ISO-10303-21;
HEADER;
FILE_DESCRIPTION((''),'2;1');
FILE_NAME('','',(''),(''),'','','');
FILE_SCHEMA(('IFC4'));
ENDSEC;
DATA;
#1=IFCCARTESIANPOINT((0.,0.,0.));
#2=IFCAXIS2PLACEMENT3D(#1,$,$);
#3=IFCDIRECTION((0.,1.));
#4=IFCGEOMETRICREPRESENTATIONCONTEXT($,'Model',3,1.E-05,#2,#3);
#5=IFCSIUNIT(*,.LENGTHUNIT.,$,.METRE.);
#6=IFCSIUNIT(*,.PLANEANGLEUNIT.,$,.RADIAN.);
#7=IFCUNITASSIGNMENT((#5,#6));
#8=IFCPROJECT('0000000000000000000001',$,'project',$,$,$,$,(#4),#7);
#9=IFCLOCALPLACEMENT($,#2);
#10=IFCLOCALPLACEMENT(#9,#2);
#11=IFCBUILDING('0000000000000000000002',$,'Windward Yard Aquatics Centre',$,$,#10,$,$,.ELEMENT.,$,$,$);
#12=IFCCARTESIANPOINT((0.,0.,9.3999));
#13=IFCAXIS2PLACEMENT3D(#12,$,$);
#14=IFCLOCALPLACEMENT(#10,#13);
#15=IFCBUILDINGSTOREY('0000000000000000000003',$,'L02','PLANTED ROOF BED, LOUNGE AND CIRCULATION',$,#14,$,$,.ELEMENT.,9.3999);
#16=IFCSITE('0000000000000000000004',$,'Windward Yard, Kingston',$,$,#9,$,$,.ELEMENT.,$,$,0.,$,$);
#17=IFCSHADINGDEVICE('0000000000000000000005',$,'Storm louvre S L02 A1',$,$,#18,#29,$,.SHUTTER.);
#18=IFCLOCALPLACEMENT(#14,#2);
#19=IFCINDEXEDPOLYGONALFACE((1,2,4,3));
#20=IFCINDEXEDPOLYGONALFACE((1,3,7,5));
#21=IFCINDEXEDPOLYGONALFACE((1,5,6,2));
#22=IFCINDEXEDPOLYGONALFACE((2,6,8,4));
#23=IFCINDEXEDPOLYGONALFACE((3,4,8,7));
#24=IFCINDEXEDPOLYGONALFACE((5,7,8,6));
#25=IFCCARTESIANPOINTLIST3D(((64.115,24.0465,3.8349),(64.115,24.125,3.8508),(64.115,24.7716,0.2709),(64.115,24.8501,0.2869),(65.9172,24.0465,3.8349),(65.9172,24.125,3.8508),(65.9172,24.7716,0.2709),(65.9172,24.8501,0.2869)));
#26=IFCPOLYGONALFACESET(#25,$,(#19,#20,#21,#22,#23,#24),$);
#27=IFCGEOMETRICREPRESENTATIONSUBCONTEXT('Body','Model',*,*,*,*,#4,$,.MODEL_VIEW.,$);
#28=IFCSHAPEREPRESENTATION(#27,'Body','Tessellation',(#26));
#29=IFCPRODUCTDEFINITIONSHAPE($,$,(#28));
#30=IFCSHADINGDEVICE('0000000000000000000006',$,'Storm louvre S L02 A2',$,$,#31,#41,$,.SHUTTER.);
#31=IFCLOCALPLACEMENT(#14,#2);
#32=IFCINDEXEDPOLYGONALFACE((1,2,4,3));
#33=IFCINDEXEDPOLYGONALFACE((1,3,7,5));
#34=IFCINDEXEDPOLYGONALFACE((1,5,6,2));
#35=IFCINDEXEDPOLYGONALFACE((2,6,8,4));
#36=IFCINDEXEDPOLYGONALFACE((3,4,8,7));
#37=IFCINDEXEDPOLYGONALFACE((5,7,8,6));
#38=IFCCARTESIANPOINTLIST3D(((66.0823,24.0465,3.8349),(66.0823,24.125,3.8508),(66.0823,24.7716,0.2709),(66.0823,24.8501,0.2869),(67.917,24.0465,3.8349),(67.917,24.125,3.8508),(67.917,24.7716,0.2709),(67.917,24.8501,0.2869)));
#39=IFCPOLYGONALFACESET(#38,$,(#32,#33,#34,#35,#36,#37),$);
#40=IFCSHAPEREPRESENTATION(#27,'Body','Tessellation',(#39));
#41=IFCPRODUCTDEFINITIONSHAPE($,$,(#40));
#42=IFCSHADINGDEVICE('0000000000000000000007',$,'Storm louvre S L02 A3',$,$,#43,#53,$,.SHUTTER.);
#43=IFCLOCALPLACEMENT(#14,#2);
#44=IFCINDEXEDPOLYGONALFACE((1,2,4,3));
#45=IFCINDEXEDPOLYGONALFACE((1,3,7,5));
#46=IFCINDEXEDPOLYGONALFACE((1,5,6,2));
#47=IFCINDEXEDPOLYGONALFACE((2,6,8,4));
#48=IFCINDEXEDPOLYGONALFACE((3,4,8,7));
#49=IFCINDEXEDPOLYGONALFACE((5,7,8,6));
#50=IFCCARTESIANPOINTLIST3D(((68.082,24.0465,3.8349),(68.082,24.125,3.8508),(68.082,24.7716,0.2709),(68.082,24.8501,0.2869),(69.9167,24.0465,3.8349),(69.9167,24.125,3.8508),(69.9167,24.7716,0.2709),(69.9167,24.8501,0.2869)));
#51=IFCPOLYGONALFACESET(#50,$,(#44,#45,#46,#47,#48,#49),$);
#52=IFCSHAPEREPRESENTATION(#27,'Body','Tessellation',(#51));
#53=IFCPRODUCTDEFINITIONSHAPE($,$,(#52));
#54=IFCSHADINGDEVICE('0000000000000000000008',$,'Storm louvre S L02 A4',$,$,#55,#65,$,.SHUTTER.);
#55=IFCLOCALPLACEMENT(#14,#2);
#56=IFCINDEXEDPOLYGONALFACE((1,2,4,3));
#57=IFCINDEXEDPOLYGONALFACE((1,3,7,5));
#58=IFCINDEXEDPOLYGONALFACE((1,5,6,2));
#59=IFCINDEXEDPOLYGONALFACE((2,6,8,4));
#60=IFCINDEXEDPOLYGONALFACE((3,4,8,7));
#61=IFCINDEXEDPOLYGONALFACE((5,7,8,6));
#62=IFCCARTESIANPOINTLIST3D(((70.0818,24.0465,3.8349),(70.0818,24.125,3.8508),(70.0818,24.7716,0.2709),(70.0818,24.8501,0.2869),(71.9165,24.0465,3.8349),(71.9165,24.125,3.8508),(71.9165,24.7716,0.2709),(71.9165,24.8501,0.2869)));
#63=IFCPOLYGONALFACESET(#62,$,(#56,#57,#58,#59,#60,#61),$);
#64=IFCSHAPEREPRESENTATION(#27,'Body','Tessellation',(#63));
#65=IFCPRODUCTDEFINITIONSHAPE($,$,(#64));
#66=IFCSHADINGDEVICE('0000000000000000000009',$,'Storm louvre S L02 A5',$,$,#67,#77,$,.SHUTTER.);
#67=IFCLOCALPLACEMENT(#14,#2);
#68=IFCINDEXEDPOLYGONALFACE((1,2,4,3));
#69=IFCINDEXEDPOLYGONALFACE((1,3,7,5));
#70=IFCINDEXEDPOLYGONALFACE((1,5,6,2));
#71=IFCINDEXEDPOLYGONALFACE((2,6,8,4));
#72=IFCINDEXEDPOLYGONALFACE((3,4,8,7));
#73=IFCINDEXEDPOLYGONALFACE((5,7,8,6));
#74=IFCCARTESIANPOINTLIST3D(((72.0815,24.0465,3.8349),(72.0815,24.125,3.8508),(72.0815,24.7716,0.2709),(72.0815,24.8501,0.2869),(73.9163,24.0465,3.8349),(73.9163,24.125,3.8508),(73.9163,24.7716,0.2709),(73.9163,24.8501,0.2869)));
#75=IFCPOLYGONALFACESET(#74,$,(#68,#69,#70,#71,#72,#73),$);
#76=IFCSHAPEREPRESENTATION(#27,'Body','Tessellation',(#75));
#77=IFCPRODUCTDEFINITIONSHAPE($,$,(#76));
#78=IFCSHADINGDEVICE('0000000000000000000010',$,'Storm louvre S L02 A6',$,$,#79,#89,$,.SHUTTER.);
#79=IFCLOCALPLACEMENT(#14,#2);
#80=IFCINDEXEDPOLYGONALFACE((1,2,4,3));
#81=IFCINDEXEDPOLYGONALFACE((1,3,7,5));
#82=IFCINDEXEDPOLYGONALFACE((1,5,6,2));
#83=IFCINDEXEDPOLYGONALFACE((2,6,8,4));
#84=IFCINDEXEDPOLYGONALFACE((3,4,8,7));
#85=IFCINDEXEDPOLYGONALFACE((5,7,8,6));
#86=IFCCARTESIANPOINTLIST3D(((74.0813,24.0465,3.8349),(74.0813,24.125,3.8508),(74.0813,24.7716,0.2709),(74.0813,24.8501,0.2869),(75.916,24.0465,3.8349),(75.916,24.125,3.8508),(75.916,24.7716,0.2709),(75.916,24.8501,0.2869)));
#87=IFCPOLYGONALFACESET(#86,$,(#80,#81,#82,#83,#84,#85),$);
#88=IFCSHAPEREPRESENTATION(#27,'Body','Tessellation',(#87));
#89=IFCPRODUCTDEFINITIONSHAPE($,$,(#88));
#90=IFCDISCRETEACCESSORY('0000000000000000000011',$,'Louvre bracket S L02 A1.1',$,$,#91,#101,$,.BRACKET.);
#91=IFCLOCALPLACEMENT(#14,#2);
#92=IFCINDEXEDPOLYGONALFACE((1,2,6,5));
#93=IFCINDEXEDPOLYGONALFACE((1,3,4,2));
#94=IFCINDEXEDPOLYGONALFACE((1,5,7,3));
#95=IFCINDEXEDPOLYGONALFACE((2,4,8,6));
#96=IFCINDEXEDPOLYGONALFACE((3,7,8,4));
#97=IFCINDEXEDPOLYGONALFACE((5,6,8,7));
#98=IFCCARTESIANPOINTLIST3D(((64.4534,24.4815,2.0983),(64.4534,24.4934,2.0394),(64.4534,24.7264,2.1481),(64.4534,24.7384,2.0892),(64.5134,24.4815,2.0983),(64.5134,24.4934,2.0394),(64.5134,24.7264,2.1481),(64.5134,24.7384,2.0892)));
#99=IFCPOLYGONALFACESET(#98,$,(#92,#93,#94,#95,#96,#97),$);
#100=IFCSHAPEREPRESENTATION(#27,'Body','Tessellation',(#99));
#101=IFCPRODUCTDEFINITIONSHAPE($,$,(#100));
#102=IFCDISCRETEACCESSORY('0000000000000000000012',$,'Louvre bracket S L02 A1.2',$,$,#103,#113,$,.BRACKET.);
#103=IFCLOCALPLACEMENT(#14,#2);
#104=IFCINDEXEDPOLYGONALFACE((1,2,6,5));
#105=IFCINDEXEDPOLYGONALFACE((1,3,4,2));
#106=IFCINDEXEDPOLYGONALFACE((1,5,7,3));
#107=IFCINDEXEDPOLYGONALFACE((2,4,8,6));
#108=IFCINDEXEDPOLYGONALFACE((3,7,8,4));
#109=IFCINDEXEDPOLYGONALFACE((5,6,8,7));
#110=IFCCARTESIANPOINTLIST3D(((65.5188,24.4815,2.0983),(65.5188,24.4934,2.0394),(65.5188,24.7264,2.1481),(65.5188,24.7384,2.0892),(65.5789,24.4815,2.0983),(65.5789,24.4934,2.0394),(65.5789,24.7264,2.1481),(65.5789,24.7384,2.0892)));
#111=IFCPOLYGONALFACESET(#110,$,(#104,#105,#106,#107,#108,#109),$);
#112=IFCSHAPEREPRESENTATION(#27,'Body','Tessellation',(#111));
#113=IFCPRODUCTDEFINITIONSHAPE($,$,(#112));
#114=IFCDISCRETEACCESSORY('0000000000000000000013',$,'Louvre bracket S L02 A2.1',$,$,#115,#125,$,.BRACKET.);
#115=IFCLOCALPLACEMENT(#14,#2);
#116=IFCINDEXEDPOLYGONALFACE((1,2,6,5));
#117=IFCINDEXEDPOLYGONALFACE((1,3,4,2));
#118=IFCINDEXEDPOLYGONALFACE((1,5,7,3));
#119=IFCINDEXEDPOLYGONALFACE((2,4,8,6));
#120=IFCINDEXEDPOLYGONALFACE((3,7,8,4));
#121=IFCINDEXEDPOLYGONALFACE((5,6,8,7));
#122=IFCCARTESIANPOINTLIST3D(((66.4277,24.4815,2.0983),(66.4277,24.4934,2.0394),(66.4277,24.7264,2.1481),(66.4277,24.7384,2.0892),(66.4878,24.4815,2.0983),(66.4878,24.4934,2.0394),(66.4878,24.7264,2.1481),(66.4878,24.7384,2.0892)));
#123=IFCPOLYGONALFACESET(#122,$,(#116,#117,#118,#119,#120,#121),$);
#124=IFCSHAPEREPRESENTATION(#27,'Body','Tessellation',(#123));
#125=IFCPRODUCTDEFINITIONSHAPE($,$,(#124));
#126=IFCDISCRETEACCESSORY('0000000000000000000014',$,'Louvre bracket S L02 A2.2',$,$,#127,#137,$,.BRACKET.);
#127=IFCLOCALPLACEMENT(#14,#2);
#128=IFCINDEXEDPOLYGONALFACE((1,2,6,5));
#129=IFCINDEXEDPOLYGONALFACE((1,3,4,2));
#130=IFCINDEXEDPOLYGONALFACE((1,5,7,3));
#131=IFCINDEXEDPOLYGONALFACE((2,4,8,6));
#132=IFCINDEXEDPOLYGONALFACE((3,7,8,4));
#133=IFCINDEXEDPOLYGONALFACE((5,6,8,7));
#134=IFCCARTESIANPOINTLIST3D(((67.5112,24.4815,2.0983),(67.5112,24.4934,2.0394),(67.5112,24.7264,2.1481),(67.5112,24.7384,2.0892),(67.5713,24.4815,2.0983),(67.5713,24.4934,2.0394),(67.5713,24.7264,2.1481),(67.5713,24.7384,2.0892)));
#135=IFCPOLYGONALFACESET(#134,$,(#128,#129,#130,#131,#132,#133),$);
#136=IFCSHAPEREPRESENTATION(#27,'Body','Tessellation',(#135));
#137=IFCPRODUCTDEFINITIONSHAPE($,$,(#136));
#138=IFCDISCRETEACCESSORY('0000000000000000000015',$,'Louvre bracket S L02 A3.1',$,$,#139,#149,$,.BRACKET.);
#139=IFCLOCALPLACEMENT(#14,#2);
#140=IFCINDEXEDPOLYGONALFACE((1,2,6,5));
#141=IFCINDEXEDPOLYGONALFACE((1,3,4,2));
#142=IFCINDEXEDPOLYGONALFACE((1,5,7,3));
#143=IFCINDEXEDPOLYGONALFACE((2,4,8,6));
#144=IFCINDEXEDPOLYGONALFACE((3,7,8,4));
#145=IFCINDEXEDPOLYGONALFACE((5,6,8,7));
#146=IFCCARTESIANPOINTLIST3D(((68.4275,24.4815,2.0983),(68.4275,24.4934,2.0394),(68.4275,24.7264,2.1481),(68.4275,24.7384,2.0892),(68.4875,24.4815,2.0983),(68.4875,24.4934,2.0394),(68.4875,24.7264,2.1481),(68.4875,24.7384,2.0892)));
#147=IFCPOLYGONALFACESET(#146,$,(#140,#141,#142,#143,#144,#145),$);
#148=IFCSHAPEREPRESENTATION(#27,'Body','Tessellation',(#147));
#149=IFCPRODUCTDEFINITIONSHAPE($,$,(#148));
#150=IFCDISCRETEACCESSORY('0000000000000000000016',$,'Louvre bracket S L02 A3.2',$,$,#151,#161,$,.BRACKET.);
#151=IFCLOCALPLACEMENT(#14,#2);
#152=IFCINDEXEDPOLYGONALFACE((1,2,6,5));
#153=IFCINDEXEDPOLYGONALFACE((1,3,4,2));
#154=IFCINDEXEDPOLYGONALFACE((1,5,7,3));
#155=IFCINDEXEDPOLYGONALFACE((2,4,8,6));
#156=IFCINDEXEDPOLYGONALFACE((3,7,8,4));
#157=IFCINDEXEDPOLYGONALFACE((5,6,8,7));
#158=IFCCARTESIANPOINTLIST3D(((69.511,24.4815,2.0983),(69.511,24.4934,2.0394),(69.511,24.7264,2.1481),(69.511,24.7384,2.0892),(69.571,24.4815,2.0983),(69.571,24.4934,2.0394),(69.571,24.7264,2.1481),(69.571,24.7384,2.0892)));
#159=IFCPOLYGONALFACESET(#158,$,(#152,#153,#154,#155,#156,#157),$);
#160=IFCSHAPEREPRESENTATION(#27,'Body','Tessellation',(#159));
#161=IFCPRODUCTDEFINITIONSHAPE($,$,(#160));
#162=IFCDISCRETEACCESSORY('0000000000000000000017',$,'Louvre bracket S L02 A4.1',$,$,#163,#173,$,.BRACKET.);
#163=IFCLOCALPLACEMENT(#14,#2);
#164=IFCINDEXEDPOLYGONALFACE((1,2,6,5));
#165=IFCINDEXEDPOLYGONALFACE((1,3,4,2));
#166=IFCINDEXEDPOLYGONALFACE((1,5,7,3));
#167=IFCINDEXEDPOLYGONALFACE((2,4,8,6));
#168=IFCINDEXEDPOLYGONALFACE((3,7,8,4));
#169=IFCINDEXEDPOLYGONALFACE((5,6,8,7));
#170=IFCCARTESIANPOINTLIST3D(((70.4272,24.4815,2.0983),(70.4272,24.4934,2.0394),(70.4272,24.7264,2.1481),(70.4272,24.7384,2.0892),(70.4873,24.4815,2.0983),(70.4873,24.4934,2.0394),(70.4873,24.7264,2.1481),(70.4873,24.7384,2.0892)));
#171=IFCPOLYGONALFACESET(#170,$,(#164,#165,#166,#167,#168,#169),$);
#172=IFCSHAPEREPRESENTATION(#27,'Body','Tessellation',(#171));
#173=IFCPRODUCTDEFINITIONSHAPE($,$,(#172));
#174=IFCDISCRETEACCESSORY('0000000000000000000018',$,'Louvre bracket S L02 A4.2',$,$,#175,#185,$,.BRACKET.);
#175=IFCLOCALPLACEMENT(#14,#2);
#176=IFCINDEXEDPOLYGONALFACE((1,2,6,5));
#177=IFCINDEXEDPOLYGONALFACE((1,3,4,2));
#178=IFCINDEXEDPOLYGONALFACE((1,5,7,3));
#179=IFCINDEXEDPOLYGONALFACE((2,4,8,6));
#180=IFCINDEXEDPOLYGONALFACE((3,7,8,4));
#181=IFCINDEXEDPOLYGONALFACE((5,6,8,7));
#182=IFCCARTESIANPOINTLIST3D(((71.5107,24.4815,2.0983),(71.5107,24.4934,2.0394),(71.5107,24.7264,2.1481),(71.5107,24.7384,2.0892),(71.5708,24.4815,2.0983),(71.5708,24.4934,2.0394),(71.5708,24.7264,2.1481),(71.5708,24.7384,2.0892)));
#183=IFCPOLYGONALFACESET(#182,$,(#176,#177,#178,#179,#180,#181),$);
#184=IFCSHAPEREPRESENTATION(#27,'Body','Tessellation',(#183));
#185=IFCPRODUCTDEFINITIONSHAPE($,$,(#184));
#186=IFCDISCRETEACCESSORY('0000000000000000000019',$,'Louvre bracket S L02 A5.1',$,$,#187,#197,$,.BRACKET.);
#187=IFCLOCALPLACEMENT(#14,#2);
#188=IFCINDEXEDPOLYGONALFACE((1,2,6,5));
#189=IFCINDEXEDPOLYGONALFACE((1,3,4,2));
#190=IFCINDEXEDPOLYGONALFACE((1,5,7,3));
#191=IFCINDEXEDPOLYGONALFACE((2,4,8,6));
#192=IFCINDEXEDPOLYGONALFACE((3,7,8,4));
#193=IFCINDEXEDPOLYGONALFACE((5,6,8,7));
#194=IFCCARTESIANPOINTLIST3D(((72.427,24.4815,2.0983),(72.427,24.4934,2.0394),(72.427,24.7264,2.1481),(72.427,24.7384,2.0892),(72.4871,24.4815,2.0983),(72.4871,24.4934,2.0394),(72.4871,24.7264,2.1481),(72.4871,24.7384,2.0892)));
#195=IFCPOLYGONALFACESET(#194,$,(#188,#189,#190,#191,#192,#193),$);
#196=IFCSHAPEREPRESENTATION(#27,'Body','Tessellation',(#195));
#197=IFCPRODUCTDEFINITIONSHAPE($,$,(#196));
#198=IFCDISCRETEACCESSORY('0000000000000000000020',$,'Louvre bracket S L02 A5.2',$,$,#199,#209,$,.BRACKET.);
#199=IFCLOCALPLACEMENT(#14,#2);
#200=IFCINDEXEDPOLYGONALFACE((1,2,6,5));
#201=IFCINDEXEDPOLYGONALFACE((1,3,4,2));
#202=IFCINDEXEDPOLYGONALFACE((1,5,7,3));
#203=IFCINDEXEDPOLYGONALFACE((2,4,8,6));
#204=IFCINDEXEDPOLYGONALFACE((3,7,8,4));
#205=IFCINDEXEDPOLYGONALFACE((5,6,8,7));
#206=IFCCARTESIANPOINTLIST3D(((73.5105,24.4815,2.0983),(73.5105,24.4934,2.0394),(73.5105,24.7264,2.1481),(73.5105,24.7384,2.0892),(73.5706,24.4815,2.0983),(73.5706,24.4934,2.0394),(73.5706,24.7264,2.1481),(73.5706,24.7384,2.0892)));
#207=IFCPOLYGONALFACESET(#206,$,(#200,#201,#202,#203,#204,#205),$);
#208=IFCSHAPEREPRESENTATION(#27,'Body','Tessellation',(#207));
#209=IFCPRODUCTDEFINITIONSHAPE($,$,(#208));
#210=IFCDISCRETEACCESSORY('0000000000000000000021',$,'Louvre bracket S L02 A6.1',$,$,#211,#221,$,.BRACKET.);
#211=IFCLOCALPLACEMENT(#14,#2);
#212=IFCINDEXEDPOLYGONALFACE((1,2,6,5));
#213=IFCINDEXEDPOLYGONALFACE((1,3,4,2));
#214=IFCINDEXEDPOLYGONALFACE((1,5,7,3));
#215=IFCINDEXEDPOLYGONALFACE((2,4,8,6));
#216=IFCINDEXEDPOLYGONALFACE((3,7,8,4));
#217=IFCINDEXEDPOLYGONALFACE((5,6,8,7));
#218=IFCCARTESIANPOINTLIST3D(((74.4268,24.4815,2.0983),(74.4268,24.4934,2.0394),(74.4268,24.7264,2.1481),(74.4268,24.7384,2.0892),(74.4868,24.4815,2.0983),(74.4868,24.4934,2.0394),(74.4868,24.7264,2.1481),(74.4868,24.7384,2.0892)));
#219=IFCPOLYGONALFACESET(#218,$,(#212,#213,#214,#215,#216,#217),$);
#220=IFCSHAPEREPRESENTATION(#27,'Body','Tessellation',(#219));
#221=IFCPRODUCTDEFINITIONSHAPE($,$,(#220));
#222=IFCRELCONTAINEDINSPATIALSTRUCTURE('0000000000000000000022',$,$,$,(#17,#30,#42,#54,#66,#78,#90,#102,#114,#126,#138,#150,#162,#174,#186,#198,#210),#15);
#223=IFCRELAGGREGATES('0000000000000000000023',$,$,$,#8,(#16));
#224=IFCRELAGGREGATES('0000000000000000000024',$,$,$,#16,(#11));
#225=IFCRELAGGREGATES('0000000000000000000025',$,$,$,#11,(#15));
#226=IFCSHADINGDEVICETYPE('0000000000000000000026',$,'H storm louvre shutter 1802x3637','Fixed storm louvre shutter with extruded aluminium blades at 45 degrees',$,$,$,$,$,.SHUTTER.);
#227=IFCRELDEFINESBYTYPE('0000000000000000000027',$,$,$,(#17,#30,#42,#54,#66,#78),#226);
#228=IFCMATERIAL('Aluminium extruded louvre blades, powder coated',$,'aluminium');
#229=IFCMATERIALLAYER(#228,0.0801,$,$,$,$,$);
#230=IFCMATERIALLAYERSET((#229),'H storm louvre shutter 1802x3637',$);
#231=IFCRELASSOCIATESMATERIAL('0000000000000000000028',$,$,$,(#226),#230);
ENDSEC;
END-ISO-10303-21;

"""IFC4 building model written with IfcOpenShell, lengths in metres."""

from ifc_helpers import new_model, si_unit, direction, frame, origin, origin_2d, place, context, subcontext, project, spatial, polyline, rectangle, outline, extrude, material, layer, layer_set, type_object, element, save


model = new_model("IFC4")

# Units and contexts
model_context = context("Model", 3, precision=1e-05, world=origin(), true_north=direction((0.0, 1.0)))
body_context = subcontext(model_context, "Body", "Model", "MODEL_VIEW")
ifc_project = project(units=[si_unit("LENGTHUNIT", "METRE"), si_unit("PLANEANGLEUNIT", "RADIAN")], contexts=[model_context])

# Site, building, storey
site_placement = place(None, origin())
site = spatial("IfcSite", under=ifc_project, at=site_placement, Name="Windward Yard, Kingston", CompositionType="ELEMENT", RefElevation=0.0)
building_placement = place(site_placement, origin())
building = spatial("IfcBuilding", under=site, at=building_placement, Name="Windward Yard Aquatics Centre", CompositionType="ELEMENT")
storey_placement = place(building_placement, frame((0.0, 0.0, 9.3999)))
storey = spatial("IfcBuildingStorey", under=building, at=storey_placement, Name="L02", Description="PLANTED ROOF BED, LOUNGE AND CIRCULATION", CompositionType="ELEMENT", Elevation=9.3999)

# Shading devices
ifc_material_1 = material(Name="Aluminium extruded louvre blades, powder coated", Category="aluminium")
ifc_layer_1 = layer(ifc_material_1, 0.0801)
ifc_layer_set_1 = layer_set([ifc_layer_1], Name="H storm louvre shutter 1802x3637")
shading_device_type = type_object("IfcShadingDeviceType", Name="H storm louvre shutter 1802x3637", Description="Fixed storm louvre shutter with extruded aluminium blades at 45 degrees", PredefinedType="SHUTTER", material=ifc_layer_set_1)
shading_device_placement = place(storey_placement, frame((64.115, 24.125, 3.8508), z_axis=(0.0, 0.979925, 0.199368), x_axis=(0.0, 0.199368, -0.979925)))
element("IfcShadingDevice", 1, at=shading_device_placement, inside=storey, type_object=shading_device_type, Name="Storm louvre S L02 A1", PredefinedType="SHUTTER", context=body_context, shape_type="SweptSolid", body=[
    extrude(outline(polyline([(0.0, 0.0), (3.637, 0.0), (3.637, -1.8022), (0.0, -1.8022), (0.0, 0.0)])), origin(), (0.0, 0.0, -1.0), 0.0801),
])
for number, where, z_axis, x_axis, name in (
    (2, (66.0823, 24.125, 3.8508), (0.0, 0.979925, 0.199368), (0.0, 0.199368, -0.979925), "Storm louvre S L02 A2"),
    (3, (68.082, 24.125, 3.8508), (0.0, 0.979925, 0.199368), (0.0, 0.199368, -0.979925), "Storm louvre S L02 A3"),
    (4, (70.0818, 24.125, 3.8508), (0.0, 0.979925, 0.199368), (0.0, 0.199368, -0.979925), "Storm louvre S L02 A4"),
    (5, (72.0815, 24.125, 3.8508), (0.0, 0.979925, 0.199368), (0.0, 0.199368, -0.979925), "Storm louvre S L02 A5"),
    (6, (74.0813, 24.125, 3.8508), (0.0, 0.979925, 0.199368), (0.0, 0.199368, -0.979925), "Storm louvre S L02 A6"),
):
    element("IfcShadingDevice", number, at=place(storey_placement, frame(where, z_axis=z_axis, x_axis=x_axis)), inside=storey, type_object=shading_device_type, Name=name, PredefinedType="SHUTTER", context=body_context, shape_type="SweptSolid", body=[
        extrude(outline(polyline([(0.0, 0.0), (3.637, 0.0), (3.637, -1.8347), (0.0, -1.8347), (0.0, 0.0)])), origin(), (0.0, 0.0, -1.0), 0.0801),
    ])

# Discrete accessories
for number, where, z_axis, x_axis, name in (
    (7, (64.4834, 24.7324, 2.1187), (0.0, -0.979937, -0.199309), (1.0, 0.0, 0.0), "Louvre bracket S L02 A1.1"),
    (8, (65.5488, 24.7324, 2.1187), (0.0, -0.979937, -0.199309), (1.0, 0.0, 0.0), "Louvre bracket S L02 A1.2"),
    (9, (66.4578, 24.7324, 2.1187), (0.0, -0.979937, -0.199309), (1.0, 0.0, 0.0), "Louvre bracket S L02 A2.1"),
    (10, (67.5413, 24.7324, 2.1187), (0.0, -0.979937, -0.199309), (1.0, 0.0, 0.0), "Louvre bracket S L02 A2.2"),
    (11, (68.4575, 24.7324, 2.1187), (0.0, -0.979937, -0.199309), (1.0, 0.0, 0.0), "Louvre bracket S L02 A3.1"),
    (12, (69.541, 24.7324, 2.1187), (0.0, -0.979937, -0.199309), (1.0, 0.0, 0.0), "Louvre bracket S L02 A3.2"),
    (13, (70.4573, 24.7324, 2.1187), (0.0, -0.979937, -0.199309), (1.0, 0.0, 0.0), "Louvre bracket S L02 A4.1"),
    (14, (71.5408, 24.7324, 2.1187), (0.0, -0.979937, -0.199309), (1.0, 0.0, 0.0), "Louvre bracket S L02 A4.2"),
    (15, (72.457, 24.7324, 2.1187), (0.0, -0.979937, -0.199309), (1.0, 0.0, 0.0), "Louvre bracket S L02 A5.1"),
    (16, (73.5405, 24.7324, 2.1187), (0.0, -0.979937, -0.199309), (1.0, 0.0, 0.0), "Louvre bracket S L02 A5.2"),
    (17, (74.4568, 24.7324, 2.1187), (0.0, -0.979937, -0.199309), (1.0, 0.0, 0.0), "Louvre bracket S L02 A6.1"),
):
    element("IfcDiscreteAccessory", number, at=place(storey_placement, frame(where, z_axis=z_axis, x_axis=x_axis)), inside=storey, Name=name, PredefinedType="BRACKET", context=body_context, shape_type="SweptSolid", body=[
        extrude(rectangle(XDim=0.0601, YDim=0.0601, at=origin_2d()), origin(), (0.0, 0.0, 1.0), 0.25),
    ])

save(model, "model.ifc")
